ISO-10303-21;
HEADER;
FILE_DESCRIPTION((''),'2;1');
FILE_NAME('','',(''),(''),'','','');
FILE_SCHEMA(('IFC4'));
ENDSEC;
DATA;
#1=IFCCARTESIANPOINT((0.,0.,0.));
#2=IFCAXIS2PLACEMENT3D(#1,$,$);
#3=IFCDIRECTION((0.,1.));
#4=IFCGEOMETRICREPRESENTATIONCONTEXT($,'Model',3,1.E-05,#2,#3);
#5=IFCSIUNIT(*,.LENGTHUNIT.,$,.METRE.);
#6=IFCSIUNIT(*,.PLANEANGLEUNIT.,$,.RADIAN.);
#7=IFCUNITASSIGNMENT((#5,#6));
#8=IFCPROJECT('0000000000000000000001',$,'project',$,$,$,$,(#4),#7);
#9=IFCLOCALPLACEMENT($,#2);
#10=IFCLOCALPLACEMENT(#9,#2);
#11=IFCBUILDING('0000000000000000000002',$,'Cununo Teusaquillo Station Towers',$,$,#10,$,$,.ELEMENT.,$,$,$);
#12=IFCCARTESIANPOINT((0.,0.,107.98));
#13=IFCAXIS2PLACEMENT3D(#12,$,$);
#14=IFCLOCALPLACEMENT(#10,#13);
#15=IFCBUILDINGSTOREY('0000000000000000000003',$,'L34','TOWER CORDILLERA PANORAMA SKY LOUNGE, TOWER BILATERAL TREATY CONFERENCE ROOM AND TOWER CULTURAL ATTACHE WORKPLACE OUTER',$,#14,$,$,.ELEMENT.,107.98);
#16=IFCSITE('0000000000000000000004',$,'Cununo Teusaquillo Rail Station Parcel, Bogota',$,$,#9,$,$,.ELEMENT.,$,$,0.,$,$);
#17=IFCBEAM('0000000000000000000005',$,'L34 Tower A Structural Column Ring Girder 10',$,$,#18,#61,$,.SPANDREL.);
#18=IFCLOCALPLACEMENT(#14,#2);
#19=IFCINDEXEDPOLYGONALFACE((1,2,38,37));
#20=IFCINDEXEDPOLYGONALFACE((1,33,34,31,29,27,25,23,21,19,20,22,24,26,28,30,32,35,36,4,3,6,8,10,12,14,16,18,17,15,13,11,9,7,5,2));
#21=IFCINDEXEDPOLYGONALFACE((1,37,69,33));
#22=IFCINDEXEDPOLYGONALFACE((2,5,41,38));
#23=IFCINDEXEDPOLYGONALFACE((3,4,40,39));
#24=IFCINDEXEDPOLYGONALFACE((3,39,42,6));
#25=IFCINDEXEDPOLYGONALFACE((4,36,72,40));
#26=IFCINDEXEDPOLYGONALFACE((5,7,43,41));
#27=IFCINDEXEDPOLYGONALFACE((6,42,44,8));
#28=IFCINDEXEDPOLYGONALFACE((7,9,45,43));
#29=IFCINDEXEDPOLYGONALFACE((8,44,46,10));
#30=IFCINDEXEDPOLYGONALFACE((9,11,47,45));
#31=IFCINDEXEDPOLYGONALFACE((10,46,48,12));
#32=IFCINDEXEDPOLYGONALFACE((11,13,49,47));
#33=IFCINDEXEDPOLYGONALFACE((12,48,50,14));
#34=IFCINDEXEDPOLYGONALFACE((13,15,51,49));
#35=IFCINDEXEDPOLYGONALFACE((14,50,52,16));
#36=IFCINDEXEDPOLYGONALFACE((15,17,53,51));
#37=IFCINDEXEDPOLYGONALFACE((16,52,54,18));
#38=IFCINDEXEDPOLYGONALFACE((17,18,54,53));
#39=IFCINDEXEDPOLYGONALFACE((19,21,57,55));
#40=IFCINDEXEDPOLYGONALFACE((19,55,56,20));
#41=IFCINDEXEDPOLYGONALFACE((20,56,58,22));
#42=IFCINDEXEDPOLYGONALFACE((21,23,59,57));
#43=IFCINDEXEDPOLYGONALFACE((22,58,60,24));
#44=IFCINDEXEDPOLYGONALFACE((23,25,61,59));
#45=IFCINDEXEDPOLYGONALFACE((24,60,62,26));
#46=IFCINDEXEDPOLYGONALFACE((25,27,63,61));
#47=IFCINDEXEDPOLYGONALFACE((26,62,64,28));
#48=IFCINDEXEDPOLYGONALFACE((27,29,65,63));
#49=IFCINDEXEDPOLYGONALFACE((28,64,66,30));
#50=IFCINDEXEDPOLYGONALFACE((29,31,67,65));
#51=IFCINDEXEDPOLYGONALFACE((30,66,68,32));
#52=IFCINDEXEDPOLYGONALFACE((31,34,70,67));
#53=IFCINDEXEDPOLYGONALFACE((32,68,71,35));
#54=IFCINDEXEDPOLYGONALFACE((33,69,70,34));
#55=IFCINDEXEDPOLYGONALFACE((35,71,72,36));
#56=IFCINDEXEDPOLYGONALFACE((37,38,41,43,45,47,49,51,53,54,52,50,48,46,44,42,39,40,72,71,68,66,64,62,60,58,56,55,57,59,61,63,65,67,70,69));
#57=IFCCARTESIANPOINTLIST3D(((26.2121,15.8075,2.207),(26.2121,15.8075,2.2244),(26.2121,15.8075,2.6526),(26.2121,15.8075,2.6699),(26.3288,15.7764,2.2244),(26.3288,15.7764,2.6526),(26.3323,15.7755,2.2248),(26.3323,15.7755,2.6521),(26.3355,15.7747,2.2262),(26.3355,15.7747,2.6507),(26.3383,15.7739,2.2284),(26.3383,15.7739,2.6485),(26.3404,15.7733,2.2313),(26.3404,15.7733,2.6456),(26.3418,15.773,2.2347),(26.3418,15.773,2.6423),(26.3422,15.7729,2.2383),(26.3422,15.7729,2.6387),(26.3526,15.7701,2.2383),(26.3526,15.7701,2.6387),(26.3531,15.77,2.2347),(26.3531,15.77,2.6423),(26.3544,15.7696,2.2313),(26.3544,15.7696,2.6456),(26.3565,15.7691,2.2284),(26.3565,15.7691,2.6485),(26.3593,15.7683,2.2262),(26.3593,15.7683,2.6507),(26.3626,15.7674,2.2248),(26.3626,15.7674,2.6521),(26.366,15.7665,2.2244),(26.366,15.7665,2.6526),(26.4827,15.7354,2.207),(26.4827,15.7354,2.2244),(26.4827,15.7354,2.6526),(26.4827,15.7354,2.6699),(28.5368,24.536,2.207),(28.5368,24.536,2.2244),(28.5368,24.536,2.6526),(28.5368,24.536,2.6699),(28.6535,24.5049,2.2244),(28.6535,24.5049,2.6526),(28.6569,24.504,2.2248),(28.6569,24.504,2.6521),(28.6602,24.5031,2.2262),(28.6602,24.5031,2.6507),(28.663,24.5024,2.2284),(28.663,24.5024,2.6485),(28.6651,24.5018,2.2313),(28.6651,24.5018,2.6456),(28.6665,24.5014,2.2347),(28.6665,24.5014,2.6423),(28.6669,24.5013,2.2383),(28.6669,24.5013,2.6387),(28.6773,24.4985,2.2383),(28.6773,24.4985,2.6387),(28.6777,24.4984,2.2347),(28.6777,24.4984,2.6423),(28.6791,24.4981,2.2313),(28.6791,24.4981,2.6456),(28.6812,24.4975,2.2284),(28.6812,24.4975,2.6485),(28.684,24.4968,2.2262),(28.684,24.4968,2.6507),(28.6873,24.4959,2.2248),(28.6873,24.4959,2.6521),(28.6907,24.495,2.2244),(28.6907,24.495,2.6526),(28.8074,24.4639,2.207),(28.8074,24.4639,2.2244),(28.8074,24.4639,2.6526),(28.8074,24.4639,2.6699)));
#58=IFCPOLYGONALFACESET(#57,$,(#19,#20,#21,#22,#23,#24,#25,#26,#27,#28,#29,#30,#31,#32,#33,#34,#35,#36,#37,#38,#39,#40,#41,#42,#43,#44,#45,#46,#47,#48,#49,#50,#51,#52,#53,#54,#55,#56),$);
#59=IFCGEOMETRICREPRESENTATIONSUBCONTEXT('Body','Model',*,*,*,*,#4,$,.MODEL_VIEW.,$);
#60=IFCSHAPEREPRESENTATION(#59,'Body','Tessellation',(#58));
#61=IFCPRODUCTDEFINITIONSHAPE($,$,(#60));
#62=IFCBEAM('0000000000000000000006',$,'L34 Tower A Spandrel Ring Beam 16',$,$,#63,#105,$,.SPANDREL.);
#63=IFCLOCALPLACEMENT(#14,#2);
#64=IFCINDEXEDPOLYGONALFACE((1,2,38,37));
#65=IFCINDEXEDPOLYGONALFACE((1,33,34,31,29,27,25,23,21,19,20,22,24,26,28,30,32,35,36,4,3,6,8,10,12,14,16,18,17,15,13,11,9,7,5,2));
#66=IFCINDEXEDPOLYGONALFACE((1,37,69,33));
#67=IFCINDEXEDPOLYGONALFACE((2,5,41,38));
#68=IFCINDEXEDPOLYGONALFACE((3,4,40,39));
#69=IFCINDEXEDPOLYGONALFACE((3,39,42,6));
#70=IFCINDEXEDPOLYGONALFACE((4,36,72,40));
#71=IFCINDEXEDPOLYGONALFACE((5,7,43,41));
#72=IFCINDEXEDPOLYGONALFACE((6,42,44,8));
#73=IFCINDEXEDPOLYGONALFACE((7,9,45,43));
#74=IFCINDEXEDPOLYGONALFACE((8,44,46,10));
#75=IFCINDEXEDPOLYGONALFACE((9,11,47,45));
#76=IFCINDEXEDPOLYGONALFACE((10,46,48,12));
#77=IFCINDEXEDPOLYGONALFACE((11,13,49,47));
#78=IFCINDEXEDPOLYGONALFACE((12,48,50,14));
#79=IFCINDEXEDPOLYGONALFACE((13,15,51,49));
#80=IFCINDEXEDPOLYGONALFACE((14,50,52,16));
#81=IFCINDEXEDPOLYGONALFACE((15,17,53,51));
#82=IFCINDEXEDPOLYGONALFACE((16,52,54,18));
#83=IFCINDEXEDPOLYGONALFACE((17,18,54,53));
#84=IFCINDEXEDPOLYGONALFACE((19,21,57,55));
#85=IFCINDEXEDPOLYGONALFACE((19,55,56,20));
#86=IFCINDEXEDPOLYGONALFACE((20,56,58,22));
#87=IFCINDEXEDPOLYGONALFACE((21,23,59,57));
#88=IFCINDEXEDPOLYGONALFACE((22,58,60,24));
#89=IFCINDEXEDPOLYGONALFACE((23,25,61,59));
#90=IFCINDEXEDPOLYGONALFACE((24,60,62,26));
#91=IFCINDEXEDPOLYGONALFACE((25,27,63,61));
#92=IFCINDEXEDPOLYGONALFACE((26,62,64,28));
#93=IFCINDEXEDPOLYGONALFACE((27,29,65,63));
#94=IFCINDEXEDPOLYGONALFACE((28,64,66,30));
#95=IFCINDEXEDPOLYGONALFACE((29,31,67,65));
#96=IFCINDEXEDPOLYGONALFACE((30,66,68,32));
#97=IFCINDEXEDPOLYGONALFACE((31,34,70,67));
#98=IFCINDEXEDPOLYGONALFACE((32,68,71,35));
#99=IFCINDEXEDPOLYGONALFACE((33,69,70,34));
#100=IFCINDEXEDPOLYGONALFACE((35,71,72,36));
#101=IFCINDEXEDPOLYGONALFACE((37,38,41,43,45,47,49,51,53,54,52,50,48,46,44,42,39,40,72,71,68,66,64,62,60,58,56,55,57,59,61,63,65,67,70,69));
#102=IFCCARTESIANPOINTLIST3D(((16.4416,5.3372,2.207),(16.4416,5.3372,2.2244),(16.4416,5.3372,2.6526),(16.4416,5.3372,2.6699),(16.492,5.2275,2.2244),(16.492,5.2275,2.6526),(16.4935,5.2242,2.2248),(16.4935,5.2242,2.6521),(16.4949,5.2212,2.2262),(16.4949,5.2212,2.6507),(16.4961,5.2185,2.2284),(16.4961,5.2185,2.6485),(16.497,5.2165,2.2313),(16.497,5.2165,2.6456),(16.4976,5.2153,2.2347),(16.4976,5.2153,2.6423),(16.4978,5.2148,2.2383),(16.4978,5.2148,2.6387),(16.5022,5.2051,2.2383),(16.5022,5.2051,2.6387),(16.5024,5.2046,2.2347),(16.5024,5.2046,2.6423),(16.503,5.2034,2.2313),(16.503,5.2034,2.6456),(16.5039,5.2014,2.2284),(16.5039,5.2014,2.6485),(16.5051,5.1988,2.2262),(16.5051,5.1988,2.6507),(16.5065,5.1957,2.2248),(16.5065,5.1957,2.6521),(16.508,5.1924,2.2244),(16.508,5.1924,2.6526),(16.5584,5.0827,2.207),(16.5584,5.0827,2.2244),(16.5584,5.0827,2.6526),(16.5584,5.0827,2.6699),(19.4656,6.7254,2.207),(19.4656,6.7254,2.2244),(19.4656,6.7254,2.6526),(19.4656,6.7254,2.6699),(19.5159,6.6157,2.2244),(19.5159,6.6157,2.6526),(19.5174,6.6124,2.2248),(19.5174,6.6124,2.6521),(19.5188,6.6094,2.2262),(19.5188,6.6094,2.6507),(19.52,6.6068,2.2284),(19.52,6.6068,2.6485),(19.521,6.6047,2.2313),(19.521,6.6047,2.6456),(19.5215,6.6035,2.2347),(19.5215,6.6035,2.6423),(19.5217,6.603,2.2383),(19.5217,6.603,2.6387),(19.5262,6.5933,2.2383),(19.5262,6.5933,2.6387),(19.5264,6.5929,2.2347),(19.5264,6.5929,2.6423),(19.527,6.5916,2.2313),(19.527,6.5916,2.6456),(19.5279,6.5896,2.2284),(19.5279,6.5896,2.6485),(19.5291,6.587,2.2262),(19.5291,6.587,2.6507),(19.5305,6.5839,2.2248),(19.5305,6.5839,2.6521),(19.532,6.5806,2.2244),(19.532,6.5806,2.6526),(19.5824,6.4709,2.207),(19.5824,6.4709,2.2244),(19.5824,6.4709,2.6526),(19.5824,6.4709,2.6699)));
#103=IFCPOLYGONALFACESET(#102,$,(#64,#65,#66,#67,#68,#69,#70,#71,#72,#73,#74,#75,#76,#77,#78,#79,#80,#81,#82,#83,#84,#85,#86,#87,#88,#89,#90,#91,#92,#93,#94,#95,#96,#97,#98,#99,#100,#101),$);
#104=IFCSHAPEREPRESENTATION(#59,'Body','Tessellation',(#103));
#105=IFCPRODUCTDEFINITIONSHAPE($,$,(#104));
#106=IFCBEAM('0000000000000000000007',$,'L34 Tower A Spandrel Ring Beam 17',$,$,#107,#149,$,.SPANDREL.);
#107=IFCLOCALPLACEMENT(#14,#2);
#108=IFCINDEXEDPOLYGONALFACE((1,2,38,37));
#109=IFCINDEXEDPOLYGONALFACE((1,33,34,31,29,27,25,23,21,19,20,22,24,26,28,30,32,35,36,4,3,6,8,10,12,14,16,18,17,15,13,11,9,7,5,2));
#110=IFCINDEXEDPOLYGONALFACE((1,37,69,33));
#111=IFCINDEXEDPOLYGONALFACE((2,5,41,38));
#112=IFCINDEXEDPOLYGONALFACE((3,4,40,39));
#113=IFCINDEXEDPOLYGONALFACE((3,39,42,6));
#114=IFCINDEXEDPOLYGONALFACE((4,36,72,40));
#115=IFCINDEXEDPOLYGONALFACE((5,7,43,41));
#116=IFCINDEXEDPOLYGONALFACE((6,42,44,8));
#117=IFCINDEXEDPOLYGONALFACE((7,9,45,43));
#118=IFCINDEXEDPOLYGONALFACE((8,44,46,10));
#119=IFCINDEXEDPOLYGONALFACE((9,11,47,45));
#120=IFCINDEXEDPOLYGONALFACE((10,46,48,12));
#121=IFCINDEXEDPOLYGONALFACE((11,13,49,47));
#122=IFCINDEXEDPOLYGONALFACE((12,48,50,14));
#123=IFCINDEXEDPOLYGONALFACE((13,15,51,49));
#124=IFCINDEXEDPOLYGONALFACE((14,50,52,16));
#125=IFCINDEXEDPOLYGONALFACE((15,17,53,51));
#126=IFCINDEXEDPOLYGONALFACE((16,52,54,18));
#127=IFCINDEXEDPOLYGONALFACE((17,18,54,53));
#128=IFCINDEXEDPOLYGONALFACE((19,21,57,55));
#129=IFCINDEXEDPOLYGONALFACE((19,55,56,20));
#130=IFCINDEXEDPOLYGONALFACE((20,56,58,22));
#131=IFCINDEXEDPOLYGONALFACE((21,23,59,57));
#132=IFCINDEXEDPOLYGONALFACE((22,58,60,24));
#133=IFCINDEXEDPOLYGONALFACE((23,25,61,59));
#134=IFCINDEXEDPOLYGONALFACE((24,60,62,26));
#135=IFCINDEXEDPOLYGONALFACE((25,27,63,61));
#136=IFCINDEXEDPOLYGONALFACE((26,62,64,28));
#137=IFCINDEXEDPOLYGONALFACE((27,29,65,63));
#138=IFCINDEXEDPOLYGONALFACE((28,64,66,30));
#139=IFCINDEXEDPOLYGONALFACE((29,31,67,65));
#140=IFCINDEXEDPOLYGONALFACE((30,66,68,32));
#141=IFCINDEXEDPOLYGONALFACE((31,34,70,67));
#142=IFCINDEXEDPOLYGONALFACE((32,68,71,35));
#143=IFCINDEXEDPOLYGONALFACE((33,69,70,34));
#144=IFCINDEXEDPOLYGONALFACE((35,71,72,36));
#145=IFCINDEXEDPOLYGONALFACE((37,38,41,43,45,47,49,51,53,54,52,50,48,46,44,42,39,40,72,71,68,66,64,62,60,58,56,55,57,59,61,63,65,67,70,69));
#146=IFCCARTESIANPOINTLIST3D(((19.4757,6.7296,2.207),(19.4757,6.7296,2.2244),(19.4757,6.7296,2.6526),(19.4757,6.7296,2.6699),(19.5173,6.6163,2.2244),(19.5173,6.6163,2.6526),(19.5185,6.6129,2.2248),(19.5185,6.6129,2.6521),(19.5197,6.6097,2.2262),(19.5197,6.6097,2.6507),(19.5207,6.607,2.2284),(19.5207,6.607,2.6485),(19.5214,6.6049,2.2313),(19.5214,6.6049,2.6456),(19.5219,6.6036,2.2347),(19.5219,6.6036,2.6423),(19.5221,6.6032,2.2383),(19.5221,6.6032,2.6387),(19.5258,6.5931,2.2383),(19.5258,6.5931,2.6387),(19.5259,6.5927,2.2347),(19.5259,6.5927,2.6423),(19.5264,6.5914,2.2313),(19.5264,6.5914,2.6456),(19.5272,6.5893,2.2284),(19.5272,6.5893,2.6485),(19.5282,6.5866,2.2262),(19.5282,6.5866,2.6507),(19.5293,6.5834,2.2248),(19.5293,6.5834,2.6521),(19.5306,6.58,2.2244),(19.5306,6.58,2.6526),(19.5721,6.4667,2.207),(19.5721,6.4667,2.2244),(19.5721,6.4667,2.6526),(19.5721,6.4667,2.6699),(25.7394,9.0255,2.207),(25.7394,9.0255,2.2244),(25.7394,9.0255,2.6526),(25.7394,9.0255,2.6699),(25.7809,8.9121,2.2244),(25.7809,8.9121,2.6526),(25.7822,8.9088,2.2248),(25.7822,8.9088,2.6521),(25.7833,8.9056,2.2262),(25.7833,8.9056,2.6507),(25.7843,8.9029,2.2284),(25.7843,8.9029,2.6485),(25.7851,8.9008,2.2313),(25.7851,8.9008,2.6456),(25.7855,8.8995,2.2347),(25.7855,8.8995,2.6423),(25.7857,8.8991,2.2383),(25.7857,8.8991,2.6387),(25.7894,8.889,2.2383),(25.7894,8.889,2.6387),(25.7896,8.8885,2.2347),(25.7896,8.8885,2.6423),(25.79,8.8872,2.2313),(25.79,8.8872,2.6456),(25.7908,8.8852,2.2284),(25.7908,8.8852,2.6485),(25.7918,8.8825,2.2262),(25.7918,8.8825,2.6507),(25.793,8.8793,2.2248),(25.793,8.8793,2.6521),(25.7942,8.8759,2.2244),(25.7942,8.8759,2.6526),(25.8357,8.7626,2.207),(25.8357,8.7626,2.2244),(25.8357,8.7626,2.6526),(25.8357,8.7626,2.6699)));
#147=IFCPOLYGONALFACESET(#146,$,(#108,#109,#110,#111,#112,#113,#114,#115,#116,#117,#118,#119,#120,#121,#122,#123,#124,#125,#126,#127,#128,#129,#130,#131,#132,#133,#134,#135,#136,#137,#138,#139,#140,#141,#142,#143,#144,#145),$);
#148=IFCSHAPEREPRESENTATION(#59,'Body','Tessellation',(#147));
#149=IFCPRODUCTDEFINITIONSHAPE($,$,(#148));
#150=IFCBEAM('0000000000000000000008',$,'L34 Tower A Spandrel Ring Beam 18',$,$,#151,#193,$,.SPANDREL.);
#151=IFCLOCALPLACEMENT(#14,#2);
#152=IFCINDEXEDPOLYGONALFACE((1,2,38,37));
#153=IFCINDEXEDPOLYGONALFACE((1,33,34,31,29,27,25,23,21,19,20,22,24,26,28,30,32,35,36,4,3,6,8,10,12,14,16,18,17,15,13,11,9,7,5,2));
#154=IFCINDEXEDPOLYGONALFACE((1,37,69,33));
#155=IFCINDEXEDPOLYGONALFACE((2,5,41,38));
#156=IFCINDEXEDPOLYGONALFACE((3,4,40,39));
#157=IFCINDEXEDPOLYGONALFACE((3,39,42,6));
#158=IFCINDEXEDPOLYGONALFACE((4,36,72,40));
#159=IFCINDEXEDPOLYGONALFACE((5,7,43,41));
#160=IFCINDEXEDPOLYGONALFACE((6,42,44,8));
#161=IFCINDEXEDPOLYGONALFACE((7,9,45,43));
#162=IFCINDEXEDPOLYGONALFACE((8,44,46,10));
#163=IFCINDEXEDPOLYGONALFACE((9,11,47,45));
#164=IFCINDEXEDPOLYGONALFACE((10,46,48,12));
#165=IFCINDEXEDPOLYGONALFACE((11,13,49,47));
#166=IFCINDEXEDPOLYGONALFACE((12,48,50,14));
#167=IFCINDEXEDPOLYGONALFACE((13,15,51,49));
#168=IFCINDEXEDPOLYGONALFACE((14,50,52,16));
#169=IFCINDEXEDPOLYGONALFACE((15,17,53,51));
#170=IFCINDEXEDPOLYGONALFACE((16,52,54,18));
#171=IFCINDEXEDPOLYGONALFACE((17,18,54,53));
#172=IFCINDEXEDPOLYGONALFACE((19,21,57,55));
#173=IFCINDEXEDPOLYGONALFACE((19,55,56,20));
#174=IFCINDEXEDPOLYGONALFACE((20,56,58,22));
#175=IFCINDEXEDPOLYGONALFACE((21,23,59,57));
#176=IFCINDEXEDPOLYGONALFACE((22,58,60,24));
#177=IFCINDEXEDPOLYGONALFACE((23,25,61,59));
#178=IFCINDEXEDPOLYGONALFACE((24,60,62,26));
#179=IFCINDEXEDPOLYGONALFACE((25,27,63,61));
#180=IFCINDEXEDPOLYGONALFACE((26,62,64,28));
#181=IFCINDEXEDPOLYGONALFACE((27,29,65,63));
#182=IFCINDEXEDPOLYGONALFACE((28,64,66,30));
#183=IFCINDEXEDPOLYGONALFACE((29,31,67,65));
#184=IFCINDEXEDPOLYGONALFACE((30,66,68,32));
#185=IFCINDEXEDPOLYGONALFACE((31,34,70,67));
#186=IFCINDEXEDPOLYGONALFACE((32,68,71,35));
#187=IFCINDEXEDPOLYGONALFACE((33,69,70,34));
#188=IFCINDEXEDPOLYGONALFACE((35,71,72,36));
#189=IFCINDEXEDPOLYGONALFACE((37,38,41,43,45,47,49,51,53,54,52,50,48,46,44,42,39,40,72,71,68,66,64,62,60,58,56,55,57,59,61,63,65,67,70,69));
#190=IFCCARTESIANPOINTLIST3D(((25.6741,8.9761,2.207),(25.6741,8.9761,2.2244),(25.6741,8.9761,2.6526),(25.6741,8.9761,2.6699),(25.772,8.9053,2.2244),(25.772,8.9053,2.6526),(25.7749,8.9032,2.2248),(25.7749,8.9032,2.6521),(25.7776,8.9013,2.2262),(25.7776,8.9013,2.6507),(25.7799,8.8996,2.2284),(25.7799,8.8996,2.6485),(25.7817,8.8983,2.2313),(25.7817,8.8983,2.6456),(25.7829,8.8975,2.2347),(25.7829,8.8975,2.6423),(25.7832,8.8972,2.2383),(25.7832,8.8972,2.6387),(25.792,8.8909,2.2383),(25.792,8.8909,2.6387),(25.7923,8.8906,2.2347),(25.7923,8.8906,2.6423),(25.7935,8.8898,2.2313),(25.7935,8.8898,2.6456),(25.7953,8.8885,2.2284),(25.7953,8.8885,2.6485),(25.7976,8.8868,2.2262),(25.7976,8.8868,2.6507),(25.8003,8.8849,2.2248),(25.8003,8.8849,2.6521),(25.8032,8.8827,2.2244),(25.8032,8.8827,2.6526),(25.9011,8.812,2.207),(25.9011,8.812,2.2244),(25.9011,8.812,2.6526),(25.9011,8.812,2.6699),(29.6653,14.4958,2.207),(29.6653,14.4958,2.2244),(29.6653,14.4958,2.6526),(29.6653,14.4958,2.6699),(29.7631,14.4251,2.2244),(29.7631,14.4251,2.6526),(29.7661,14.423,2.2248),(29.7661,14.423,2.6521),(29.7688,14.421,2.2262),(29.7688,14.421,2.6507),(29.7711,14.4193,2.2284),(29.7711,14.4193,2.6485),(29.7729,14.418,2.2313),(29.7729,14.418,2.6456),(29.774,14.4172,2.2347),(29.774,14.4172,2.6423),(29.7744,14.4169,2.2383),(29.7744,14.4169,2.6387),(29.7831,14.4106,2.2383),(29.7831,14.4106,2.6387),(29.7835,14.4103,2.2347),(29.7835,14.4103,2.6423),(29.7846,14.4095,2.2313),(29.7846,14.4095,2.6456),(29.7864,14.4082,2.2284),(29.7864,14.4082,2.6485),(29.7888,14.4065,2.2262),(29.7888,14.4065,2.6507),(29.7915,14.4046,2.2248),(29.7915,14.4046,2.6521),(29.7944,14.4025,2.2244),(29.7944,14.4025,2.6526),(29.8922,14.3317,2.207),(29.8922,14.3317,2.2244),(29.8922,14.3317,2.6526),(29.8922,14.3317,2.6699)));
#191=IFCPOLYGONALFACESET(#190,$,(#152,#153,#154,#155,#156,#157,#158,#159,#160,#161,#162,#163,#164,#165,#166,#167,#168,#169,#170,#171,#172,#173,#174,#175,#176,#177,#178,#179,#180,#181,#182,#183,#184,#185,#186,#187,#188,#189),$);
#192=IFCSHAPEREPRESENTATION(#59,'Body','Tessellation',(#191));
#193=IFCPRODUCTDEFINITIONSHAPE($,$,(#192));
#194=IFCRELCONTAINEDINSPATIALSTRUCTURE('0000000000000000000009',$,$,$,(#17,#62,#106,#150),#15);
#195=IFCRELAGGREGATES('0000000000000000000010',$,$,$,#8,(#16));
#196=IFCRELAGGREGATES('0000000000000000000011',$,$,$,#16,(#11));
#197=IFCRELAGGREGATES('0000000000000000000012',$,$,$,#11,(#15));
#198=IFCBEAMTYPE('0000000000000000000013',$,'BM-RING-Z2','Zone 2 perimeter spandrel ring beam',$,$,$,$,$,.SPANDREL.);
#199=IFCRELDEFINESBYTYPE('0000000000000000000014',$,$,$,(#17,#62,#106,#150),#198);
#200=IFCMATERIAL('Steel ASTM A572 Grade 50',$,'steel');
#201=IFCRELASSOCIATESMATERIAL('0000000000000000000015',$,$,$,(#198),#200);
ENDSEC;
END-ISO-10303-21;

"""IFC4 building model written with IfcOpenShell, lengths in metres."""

from ifc_helpers import new_model, si_unit, direction, frame, origin, origin_2d, place, context, subcontext, project, spatial, i_section, extrude, material, material_profile, profile_set, type_object, element, save


model = new_model("IFC4")

# Units and contexts
model_context = context("Model", 3, precision=1e-05, world=origin(), true_north=direction((0.0, 1.0)))
body_context = subcontext(model_context, "Body", "Model", "MODEL_VIEW")
ifc_project = project(units=[si_unit("LENGTHUNIT", "METRE"), si_unit("PLANEANGLEUNIT", "RADIAN")], contexts=[model_context])

# Site, building, storey
site_placement = place(None, origin())
site = spatial("IfcSite", under=ifc_project, at=site_placement, Name="Cununo Teusaquillo Rail Station Parcel, Bogota", CompositionType="ELEMENT", RefElevation=0.0)
building_placement = place(site_placement, origin())
building = spatial("IfcBuilding", under=site, at=building_placement, Name="Cununo Teusaquillo Station Towers", CompositionType="ELEMENT")
storey_placement = place(building_placement, frame((0.0, 0.0, 107.98)))
storey = spatial("IfcBuildingStorey", under=building, at=storey_placement, Name="L34", Description="TOWER CORDILLERA PANORAMA SKY LOUNGE, TOWER BILATERAL TREATY CONFERENCE ROOM AND TOWER CULTURAL ATTACHE WORKPLACE OUTER", CompositionType="ELEMENT", Elevation=107.98)

# Beams
ifc_material_1 = material(Name="Steel ASTM A572 Grade 50", Category="steel")
ifc_material_profile_1 = material_profile(ifc_material_1, i_section(OverallWidth=0.28, OverallDepth=0.4629, WebThickness=0.0107, FlangeThickness=0.0173, FilletRadius=0.0139, at=origin_2d()), Name="W18X76")
ifc_profile_set_1 = profile_set([ifc_material_profile_1], Name="Steel ASTM A572 Grade 50")
beam_type_1 = type_object("IfcBeamType", Name="BM-RING-Z2", Description="Zone 2 perimeter spandrel ring beam", PredefinedType="SPANDREL", material=ifc_profile_set_1)
beam_1_placement = place(storey_placement, frame((26.3474, 15.7715, 2.4385), z_axis=(0.257363, 0.966315, 0.0), x_axis=(-0.966315, 0.257363, 0.0)))
element("IfcBeam", 1, at=beam_1_placement, inside=storey, type_object=beam_type_1, Name="L34 Tower A Structural Column Ring Girder 10", PredefinedType="SPANDREL", context=body_context, shape_type="SweptSolid", body=[
    extrude(i_section(OverallWidth=0.28, OverallDepth=0.4629, WebThickness=0.0107, FlangeThickness=0.0173, FilletRadius=0.0139, at=origin_2d()), origin(), (0.0, 0.0, 1.0), 9.0327),
])
beam_2_placement = place(storey_placement, frame((16.5, 5.21, 2.4385), z_axis=(0.908812, 0.417205, 0.0), x_axis=(-0.417205, 0.908812, 0.0)))
element("IfcBeam", 2, at=beam_2_placement, inside=storey, type_object=beam_type_1, Name="L34 Tower A Spandrel Ring Beam 16", PredefinedType="SPANDREL", context=body_context, shape_type="SweptSolid", body=[
    extrude(i_section(OverallWidth=0.28, OverallDepth=0.4629, WebThickness=0.0107, FlangeThickness=0.0173, FilletRadius=0.0139, at=origin_2d()), origin(), (0.0, 0.0, 1.0), 3.3274),
])
beam_3_placement = place(storey_placement, frame((19.5239, 6.5981, 2.4385), z_axis=(0.938914, 0.344151, 0.0), x_axis=(-0.344151, 0.938914, 0.0)))
element("IfcBeam", 3, at=beam_3_placement, inside=storey, type_object=beam_type_1, Name="L34 Tower A Spandrel Ring Beam 17", PredefinedType="SPANDREL", context=body_context, shape_type="SweptSolid", body=[
    extrude(i_section(OverallWidth=0.28, OverallDepth=0.4629, WebThickness=0.0107, FlangeThickness=0.0173, FilletRadius=0.0139, at=origin_2d()), origin(), (0.0, 0.0, 1.0), 6.6711),
])
beam_4_placement = place(storey_placement, frame((25.7876, 8.894, 2.4385), z_axis=(0.585945, 0.810351, 0.0), x_axis=(-0.810351, 0.585945, 0.0)))
element("IfcBeam", 4, at=beam_4_placement, inside=storey, type_object=beam_type_1, Name="L34 Tower A Spandrel Ring Beam 18", PredefinedType="SPANDREL", context=body_context, shape_type="SweptSolid", body=[
    extrude(i_section(OverallWidth=0.28, OverallDepth=0.4629, WebThickness=0.0107, FlangeThickness=0.0173, FilletRadius=0.0139, at=origin_2d()), origin(), (0.0, 0.0, 1.0), 6.8115),
])

save(model, "model.ifc")
